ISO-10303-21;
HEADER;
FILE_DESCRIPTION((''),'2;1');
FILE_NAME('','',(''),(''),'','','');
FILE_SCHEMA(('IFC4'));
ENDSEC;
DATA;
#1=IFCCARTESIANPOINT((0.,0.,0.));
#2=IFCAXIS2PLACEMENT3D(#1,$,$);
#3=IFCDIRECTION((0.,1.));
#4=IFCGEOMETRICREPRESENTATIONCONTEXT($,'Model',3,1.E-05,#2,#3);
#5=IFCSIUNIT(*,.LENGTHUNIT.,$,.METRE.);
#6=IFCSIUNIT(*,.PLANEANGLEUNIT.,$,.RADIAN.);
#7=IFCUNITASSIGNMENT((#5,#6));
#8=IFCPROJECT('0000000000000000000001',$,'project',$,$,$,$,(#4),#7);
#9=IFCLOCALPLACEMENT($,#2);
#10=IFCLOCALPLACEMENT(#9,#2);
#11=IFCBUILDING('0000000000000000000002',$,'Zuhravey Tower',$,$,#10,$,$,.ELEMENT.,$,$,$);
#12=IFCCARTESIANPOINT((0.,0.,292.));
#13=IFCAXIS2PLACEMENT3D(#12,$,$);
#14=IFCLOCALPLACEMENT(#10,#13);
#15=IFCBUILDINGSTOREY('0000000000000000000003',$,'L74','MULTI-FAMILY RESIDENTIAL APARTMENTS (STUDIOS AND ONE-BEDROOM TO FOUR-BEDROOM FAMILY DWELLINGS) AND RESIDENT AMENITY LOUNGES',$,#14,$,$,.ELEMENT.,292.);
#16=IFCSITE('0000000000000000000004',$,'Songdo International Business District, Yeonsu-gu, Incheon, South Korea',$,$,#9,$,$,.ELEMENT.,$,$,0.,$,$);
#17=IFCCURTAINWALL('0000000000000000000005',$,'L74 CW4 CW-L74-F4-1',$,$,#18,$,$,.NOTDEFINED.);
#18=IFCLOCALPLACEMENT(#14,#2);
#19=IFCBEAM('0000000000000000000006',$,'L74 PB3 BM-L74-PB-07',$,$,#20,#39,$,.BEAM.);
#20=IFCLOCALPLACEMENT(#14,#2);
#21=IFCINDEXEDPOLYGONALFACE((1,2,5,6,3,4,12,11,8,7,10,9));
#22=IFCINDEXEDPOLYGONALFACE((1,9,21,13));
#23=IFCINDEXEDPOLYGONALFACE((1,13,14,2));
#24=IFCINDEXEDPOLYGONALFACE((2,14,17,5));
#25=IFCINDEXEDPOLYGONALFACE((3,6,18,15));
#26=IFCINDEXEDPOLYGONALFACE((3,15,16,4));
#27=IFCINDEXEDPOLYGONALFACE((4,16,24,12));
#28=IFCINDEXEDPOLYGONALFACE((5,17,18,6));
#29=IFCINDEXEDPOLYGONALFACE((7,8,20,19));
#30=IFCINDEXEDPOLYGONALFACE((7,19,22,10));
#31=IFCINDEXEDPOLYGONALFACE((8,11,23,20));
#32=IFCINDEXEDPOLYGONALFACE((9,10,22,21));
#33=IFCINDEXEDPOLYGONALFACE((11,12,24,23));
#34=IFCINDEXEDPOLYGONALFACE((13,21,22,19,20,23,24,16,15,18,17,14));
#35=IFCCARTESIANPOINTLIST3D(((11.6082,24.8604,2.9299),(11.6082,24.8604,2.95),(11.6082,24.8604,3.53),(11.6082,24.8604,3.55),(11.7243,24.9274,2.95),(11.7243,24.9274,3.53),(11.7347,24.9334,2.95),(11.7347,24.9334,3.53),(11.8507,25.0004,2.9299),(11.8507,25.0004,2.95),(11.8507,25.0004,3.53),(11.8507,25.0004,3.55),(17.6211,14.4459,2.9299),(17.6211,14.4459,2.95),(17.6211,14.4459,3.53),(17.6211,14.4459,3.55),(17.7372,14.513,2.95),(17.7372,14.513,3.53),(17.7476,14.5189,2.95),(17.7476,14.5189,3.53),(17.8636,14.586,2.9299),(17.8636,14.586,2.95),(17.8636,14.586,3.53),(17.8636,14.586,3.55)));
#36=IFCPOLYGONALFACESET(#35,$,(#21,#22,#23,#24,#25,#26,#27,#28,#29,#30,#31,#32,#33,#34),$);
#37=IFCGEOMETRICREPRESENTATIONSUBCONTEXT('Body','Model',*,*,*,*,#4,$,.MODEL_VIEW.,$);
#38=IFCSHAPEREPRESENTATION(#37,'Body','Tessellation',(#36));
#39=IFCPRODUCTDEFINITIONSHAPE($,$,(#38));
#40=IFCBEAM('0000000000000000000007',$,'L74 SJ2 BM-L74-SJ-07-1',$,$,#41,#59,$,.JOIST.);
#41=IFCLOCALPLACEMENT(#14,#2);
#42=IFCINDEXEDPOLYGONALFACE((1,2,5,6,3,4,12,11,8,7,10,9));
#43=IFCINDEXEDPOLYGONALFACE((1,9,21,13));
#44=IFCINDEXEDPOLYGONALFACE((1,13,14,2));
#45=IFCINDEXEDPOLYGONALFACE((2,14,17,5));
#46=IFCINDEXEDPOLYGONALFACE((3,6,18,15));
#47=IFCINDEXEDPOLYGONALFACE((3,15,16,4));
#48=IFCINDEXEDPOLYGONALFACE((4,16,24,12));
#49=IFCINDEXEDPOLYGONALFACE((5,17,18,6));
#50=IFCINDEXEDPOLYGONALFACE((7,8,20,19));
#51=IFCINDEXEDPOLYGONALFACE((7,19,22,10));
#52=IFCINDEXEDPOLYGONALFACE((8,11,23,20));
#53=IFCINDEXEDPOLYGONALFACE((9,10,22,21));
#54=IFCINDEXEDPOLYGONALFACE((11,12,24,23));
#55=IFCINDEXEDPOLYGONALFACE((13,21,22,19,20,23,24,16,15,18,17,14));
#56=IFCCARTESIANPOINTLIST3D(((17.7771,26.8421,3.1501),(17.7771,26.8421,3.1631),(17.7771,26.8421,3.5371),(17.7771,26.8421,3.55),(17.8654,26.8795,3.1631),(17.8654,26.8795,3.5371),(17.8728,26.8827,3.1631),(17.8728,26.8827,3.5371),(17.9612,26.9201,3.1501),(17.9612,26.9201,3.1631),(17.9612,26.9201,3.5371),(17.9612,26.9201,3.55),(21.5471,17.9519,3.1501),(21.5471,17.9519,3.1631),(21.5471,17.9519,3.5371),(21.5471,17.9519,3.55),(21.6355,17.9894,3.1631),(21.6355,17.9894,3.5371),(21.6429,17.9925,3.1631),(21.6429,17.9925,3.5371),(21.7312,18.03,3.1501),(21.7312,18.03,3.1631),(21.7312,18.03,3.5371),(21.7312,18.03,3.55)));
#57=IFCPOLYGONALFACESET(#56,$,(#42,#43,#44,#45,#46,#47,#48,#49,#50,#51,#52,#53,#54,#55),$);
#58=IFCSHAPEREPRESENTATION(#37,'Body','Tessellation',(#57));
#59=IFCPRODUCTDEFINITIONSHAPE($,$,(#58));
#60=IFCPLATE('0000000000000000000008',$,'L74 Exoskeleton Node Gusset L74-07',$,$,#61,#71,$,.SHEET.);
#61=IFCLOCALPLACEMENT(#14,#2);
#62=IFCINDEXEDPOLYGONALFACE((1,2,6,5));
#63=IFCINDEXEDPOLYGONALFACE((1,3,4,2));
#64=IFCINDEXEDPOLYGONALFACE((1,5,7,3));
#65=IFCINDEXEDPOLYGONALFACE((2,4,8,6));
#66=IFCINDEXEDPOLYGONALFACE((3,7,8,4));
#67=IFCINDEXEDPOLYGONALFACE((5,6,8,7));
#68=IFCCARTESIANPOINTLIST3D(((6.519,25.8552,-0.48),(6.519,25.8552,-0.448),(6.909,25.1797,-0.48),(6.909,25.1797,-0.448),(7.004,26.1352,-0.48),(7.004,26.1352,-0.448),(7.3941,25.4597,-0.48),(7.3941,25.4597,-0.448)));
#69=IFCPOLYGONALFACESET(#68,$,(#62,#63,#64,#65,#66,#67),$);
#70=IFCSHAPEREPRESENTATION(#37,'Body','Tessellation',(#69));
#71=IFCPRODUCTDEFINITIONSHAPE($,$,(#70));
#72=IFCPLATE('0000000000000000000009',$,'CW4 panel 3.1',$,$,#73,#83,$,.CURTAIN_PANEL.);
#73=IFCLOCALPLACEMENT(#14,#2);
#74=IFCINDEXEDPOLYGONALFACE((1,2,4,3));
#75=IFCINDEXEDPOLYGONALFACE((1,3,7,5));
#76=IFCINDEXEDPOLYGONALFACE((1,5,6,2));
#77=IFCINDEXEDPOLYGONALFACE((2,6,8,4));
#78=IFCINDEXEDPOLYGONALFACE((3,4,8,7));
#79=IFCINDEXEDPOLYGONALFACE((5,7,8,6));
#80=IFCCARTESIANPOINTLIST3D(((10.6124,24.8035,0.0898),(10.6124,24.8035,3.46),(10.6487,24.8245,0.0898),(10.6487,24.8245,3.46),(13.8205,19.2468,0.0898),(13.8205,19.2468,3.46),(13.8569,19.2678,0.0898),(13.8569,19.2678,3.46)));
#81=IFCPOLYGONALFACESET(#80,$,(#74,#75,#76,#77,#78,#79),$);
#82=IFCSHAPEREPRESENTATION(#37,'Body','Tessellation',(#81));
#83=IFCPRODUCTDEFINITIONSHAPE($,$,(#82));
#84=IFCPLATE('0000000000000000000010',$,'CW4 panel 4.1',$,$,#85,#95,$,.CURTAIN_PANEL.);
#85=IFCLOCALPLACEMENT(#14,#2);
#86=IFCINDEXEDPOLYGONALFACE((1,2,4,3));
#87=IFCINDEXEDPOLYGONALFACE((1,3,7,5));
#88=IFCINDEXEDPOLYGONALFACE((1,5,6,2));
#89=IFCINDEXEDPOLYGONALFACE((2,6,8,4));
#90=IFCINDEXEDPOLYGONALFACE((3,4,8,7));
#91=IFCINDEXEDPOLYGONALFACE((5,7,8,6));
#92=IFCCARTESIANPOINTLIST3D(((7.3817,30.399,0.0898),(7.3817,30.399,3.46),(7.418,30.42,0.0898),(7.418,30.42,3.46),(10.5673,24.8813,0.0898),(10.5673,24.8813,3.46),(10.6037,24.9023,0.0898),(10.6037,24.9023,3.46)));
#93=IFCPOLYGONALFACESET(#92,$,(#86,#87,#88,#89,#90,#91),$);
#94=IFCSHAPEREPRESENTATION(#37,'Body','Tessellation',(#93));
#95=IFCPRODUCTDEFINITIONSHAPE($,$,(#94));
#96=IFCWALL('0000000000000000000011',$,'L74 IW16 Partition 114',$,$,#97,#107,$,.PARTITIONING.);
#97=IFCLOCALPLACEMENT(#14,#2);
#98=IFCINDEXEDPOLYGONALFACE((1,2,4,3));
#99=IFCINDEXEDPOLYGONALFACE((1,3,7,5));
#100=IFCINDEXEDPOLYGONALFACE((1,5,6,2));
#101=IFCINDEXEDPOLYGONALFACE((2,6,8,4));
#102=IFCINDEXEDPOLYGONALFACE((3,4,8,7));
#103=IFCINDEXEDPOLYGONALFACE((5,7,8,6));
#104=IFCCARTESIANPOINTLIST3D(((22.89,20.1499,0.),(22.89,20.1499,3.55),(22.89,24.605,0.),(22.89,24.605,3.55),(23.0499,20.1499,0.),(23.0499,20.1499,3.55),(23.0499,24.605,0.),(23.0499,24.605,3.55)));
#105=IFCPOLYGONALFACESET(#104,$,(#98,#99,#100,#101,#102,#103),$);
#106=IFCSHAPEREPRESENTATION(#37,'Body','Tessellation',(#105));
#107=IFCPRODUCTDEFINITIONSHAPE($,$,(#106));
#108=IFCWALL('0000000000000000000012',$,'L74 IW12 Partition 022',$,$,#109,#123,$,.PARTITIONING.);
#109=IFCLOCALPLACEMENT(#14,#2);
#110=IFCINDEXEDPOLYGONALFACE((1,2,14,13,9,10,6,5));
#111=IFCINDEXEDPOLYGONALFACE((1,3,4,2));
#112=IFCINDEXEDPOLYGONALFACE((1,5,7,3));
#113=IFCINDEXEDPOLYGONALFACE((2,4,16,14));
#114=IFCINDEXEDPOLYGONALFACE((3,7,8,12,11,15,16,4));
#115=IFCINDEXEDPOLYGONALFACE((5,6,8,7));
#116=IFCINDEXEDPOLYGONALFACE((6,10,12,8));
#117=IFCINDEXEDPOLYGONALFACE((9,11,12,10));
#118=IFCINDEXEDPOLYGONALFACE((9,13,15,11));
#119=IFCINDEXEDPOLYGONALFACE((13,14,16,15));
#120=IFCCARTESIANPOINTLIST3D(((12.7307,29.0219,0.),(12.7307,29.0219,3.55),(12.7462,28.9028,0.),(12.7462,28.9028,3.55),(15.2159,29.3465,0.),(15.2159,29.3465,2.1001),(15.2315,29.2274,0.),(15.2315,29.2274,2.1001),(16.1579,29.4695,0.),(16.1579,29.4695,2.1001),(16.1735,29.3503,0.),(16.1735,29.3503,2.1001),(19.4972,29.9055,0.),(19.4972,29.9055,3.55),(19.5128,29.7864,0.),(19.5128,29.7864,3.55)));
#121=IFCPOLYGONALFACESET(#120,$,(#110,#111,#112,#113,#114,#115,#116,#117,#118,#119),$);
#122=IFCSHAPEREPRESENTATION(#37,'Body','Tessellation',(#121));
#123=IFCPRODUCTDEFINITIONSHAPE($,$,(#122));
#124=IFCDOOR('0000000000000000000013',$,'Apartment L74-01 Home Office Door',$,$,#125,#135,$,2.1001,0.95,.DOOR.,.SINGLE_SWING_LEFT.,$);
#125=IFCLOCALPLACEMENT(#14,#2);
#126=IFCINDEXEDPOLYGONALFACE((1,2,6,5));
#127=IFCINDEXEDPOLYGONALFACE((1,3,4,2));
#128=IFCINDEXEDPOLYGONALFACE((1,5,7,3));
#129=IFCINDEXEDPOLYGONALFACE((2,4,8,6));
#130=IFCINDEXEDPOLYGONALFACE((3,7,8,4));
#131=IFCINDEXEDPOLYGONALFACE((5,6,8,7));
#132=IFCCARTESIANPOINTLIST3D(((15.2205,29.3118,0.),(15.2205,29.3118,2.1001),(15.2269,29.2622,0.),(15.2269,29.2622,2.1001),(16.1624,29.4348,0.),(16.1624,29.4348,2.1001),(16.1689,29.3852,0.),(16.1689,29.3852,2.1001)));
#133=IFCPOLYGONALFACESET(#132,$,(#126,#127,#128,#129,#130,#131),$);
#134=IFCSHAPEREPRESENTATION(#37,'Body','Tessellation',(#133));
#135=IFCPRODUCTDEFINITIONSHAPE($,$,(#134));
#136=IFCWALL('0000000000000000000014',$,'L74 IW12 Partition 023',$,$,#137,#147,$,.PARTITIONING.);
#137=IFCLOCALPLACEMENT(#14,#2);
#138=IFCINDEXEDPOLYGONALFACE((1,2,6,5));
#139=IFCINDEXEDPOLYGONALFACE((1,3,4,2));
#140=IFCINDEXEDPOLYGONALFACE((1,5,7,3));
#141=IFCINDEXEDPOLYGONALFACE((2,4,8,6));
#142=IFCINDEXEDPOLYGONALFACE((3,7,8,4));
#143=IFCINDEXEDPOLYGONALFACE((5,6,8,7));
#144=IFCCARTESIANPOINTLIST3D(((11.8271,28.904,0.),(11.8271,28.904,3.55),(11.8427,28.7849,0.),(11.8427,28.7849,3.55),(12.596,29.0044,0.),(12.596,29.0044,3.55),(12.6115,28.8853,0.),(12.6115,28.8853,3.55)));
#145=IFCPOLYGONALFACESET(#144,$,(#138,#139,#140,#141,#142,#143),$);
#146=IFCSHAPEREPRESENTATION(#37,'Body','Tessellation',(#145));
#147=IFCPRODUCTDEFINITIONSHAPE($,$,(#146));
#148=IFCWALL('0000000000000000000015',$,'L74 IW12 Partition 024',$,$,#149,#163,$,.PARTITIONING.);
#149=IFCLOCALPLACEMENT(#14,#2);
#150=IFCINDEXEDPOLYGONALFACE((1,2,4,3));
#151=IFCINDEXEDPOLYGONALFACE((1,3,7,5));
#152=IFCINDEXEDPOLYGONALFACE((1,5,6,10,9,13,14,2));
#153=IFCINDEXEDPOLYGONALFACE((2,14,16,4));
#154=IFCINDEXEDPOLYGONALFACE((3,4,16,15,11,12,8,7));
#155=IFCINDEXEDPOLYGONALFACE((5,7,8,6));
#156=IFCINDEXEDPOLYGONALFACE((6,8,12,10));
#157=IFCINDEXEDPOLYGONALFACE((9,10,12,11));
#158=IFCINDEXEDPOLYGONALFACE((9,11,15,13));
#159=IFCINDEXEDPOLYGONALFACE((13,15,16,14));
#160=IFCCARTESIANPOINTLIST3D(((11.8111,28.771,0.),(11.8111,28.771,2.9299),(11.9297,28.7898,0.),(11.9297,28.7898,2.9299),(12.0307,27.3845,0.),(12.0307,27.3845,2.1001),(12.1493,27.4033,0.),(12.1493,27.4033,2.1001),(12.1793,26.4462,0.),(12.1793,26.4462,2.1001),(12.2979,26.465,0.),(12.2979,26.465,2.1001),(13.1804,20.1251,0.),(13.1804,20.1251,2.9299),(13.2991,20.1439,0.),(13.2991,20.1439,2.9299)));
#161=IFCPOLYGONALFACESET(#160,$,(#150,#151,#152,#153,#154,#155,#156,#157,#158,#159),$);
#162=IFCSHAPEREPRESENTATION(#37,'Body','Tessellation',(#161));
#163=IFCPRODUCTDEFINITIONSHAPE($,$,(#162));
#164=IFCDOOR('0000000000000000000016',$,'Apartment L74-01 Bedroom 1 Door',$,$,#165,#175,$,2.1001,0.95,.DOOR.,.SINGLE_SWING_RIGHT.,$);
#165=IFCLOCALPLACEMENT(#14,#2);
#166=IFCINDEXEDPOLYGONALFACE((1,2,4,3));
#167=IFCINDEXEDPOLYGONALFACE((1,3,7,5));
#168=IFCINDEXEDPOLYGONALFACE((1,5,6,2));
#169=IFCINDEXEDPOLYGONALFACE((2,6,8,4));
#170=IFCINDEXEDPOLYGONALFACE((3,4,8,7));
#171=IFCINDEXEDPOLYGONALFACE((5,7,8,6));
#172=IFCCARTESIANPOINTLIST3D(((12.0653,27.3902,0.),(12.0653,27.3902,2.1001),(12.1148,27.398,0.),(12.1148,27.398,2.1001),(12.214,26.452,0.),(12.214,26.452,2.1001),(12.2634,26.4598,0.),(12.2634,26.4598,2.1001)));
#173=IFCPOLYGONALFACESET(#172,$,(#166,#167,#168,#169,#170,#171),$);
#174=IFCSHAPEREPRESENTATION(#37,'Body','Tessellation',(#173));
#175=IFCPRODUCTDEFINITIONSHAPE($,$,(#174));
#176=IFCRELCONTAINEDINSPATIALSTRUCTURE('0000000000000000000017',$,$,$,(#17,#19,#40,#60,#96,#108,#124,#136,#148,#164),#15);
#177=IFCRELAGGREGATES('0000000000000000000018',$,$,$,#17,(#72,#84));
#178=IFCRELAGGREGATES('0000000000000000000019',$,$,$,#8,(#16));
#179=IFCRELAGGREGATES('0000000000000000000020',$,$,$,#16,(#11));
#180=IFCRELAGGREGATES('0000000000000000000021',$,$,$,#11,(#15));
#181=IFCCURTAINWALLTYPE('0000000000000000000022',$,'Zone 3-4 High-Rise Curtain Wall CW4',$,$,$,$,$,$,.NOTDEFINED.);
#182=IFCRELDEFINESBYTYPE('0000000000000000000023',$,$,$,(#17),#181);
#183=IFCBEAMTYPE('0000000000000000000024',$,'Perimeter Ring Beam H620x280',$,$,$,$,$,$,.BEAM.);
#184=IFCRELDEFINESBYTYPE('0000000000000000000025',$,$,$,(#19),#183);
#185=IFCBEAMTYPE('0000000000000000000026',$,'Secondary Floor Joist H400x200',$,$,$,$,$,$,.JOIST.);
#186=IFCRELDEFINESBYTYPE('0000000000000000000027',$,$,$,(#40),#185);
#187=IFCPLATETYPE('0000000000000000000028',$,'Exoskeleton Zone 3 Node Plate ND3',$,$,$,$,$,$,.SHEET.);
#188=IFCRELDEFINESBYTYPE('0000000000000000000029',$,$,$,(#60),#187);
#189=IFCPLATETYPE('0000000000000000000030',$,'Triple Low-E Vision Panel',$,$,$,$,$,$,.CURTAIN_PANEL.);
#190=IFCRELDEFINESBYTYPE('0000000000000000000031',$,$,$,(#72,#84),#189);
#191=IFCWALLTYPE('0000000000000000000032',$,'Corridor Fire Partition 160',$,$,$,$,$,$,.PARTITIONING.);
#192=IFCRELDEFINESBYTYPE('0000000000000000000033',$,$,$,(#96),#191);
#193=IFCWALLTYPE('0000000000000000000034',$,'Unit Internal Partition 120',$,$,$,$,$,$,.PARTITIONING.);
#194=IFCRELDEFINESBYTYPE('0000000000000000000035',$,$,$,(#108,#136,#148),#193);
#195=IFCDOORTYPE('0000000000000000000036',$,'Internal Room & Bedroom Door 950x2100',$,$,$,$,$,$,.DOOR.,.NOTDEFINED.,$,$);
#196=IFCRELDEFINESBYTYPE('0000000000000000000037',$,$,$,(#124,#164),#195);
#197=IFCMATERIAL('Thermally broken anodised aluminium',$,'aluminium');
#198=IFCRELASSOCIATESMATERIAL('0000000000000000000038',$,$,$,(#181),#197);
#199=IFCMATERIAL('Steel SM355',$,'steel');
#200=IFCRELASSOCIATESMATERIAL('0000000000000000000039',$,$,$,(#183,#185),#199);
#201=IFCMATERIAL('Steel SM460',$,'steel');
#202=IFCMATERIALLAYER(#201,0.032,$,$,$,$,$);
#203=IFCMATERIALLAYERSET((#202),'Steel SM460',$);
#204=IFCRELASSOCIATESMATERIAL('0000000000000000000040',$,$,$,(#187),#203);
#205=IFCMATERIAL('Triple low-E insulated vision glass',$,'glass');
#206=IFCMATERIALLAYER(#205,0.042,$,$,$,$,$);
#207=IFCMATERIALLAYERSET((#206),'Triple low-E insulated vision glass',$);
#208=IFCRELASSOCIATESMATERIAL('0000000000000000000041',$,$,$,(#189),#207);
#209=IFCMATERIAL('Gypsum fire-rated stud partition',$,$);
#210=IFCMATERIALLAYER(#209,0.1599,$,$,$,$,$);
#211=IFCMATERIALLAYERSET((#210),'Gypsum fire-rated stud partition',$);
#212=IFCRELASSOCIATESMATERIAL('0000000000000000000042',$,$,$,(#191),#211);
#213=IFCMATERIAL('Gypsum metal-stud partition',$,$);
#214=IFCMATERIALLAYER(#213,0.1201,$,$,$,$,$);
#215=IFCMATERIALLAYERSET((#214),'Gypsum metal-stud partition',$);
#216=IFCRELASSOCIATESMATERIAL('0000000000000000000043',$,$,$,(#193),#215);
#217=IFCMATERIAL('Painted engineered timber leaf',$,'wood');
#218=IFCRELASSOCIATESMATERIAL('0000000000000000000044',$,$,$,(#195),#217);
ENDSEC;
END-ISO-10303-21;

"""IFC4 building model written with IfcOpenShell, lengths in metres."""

from ifc_helpers import new_model, si_unit, direction, frame, frame_2d, origin, origin_2d, place, context, subcontext, project, spatial, rectangle, i_section, extrude, material, layer, layer_set, material_profile, profile_set, type_object, element, fill, aggregate, save


model = new_model("IFC4")

# Units and contexts
model_context = context("Model", 3, precision=1e-05, world=origin(), true_north=direction((0.0, 1.0)))
body_context = subcontext(model_context, "Body", "Model", "MODEL_VIEW")
ifc_project = project(units=[si_unit("LENGTHUNIT", "METRE"), si_unit("PLANEANGLEUNIT", "RADIAN")], contexts=[model_context])

# Site, building, storey
site_placement = place(None, origin())
site = spatial("IfcSite", under=ifc_project, at=site_placement, Name="Songdo International Business District, Yeonsu-gu, Incheon, South Korea", CompositionType="ELEMENT", RefElevation=0.0)
building_placement = place(site_placement, origin())
building = spatial("IfcBuilding", under=site, at=building_placement, Name="Zuhravey Tower", CompositionType="ELEMENT")
storey_placement = place(building_placement, frame((0.0, 0.0, 292.0)))
storey = spatial("IfcBuildingStorey", under=building, at=storey_placement, Name="L74", Description="MULTI-FAMILY RESIDENTIAL APARTMENTS (STUDIOS AND ONE-BEDROOM TO FOUR-BEDROOM FAMILY DWELLINGS) AND RESIDENT AMENITY LOUNGES", CompositionType="ELEMENT", Elevation=292.0)

# Curtain wall
ifc_material_1 = material(Name="Thermally broken anodised aluminium", Category="aluminium")
curtain_wall_type = type_object("IfcCurtainWallType", Name="Zone 3-4 High-Rise Curtain Wall CW4", PredefinedType="NOTDEFINED", material=ifc_material_1)
curtain_wall_placement = place(storey_placement, origin())
curtain_wall = element("IfcCurtainWall", 1, at=curtain_wall_placement, inside=storey, type_object=curtain_wall_type, Name="L74 CW4 CW-L74-F4-1", PredefinedType="NOTDEFINED")

# Shared definitions
ifc_material_2 = material(Name="Steel SM355", Category="steel")

# Beams
ifc_material_profile_1 = material_profile(ifc_material_2, i_section(OverallWidth=0.28, OverallDepth=0.6201, WebThickness=0.012, FlangeThickness=0.02, at=origin_2d()), Name="H-620x280x12x20")
ifc_profile_set_1 = profile_set([ifc_material_profile_1], Name="Steel SM355")
beam_type_1 = type_object("IfcBeamType", Name="Perimeter Ring Beam H620x280", PredefinedType="BEAM", material=ifc_profile_set_1)
beam_1_placement = place(storey_placement, frame((11.7295, 24.9304, 3.24), z_axis=(0.500006, -0.866022, 0.0), x_axis=(0.866022, 0.500006, 0.0)))
element("IfcBeam", 2, at=beam_1_placement, inside=storey, type_object=beam_type_1, Name="L74 PB3 BM-L74-PB-07", PredefinedType="BEAM", context=body_context, shape_type="SweptSolid", body=[
    extrude(i_section(OverallWidth=0.28, OverallDepth=0.6201, WebThickness=0.012, FlangeThickness=0.02, at=origin_2d()), origin(), (0.0, 0.0, 1.0), 12.0256),
])
ifc_material_profile_2 = material_profile(ifc_material_2, i_section(OverallWidth=0.2, OverallDepth=0.3999, WebThickness=0.0081, FlangeThickness=0.0129, at=origin_2d()), Name="H-400x200x8x13")
ifc_profile_set_2 = profile_set([ifc_material_profile_2], Name="Steel SM355")
beam_type_2 = type_object("IfcBeamType", Name="Secondary Floor Joist H400x200", PredefinedType="JOIST", material=ifc_profile_set_2)
beam_2_placement = place(storey_placement, frame((17.8691, 26.8811, 3.3501), z_axis=(0.390413, -0.92064, 0.0), x_axis=(0.92064, 0.390413, 0.0)))
element("IfcBeam", 3, at=beam_2_placement, inside=storey, type_object=beam_type_2, Name="L74 SJ2 BM-L74-SJ-07-1", PredefinedType="JOIST", context=body_context, shape_type="SweptSolid", body=[
    extrude(i_section(OverallWidth=0.2, OverallDepth=0.3999, WebThickness=0.0081, FlangeThickness=0.0129, at=origin_2d()), origin(), (0.0, 0.0, 1.0), 9.6565),
])

# Plates
ifc_material_3 = material(Name="Steel SM460", Category="steel")
ifc_layer_1 = layer(ifc_material_3, 0.032)
ifc_layer_set_1 = layer_set([ifc_layer_1], Name="Steel SM460")
plate_type_1 = type_object("IfcPlateType", Name="Exoskeleton Zone 3 Node Plate ND3", PredefinedType="SHEET", material=ifc_layer_set_1)
plate_1_placement = place(storey_placement, frame((6.9565, 25.6575, -0.48), z_axis=(0.0, 0.0, 1.0), x_axis=(0.5, -0.866025, 0.0)))
element("IfcPlate", 4, at=plate_1_placement, inside=storey, type_object=plate_type_1, Name="L74 Exoskeleton Node Gusset L74-07", PredefinedType="SHEET", context=body_context, shape_type="SweptSolid", body=[
    extrude(rectangle(XDim=0.78, YDim=0.5601, at=origin_2d()), origin(), (0.0, 0.0, 1.0), 0.032),
])
ifc_material_4 = material(Name="Triple low-E insulated vision glass", Category="glass")
ifc_layer_2 = layer(ifc_material_4, 0.042)
ifc_layer_set_2 = layer_set([ifc_layer_2], Name="Triple low-E insulated vision glass")
plate_type_2 = type_object("IfcPlateType", Name="Triple Low-E Vision Panel", PredefinedType="CURTAIN_PANEL", material=ifc_layer_set_2)
plate_2_placement = place(storey_placement, frame((12.2346, 22.0356, 0.0898), z_axis=(0.0, 0.0, 1.0), x_axis=(-0.500001, 0.866025, 0.0)))
plate_2 = element("IfcPlate", 5, at=plate_2_placement, type_object=plate_type_2, Name="CW4 panel 3.1", PredefinedType="CURTAIN_PANEL", context=body_context, shape_type="SweptSolid", body=[
    extrude(rectangle(XDim=6.4163, YDim=0.042, at=origin_2d()), origin(), (0.0, 0.0, 1.0), 3.3701),
])
plate_3_placement = place(storey_placement, frame((8.9927, 27.6506, 0.0898), z_axis=(0.0, 0.0, 1.0), x_axis=(-0.500001, 0.866025, 0.0)))
plate_3 = element("IfcPlate", 6, at=plate_3_placement, type_object=plate_type_2, Name="CW4 panel 4.1", PredefinedType="CURTAIN_PANEL", context=body_context, shape_type="SweptSolid", body=[
    extrude(rectangle(XDim=6.3713, YDim=0.042, at=origin_2d()), origin(), (0.0, 0.0, 1.0), 3.3701),
])
aggregate(curtain_wall, [plate_2, plate_3])

# Wall
ifc_material_5 = material(Name="Gypsum fire-rated stud partition")
ifc_layer_3 = layer(ifc_material_5, 0.1599)
ifc_layer_set_3 = layer_set([ifc_layer_3], Name="Gypsum fire-rated stud partition")
wall_type_1 = type_object("IfcWallType", Name="Corridor Fire Partition 160", PredefinedType="PARTITIONING", material=ifc_layer_set_3)
wall_1_placement = place(storey_placement, frame((22.97, 24.605, 0.0), z_axis=(0.0, 0.0, 1.0), x_axis=(0.0, -1.0, 0.0)))
element("IfcWall", 7, at=wall_1_placement, inside=storey, type_object=wall_type_1, Name="L74 IW16 Partition 114", PredefinedType="PARTITIONING", context=body_context, shape_type="SweptSolid", body=[
    extrude(rectangle(XDim=4.4551, YDim=0.1599, at=frame_2d((2.2275, 0.0))), origin(), (0.0, 0.0, 1.0), 3.55),
])

# Wall, opening, door
ifc_material_6 = material(Name="Gypsum metal-stud partition")
ifc_layer_4 = layer(ifc_material_6, 0.1201)
ifc_layer_set_4 = layer_set([ifc_layer_4], Name="Gypsum metal-stud partition")
wall_type_2 = type_object("IfcWallType", Name="Unit Internal Partition 120", PredefinedType="PARTITIONING", material=ifc_layer_set_4)
wall_2_placement = place(storey_placement, frame((19.5051, 29.8459, 0.0), z_axis=(0.0, 0.0, 1.0), x_axis=(-0.991583, -0.129475, 0.0)))
wall_2 = element("IfcWall", 8, at=wall_2_placement, inside=storey, type_object=wall_type_2, Name="L74 IW12 Partition 022", PredefinedType="PARTITIONING", context=body_context, shape_type="SweptSolid", body=[
    extrude(rectangle(XDim=6.824, YDim=0.1201, at=frame_2d((3.4121, 0.0))), origin(), (0.0, 0.0, 1.0), 3.55),
])
opening_1_placement = place(wall_2_placement, frame((3.3677, 0.0, 0.0)))
opening_1 = element("IfcOpeningElement", 9, at=opening_1_placement, cuts=wall_2, PredefinedType="OPENING", context=body_context, shape_type="SweptSolid", body=[
    extrude(rectangle(XDim=0.95, YDim=2.1001, at=frame_2d((0.4751, 1.05))), frame((0.0, 0.072, 0.0), z_axis=(0.0, -1.0, 0.0), x_axis=(1.0, 0.0, 0.0)), (0.0, 0.0, 1.0), 0.144),
])
ifc_material_7 = material(Name="Painted engineered timber leaf", Category="wood")
door_type_1 = type_object("IfcDoorType", Name="Internal Room & Bedroom Door 950x2100", OperationType="NOTDEFINED", PredefinedType="DOOR", material=ifc_material_7)
door_1_placement = place(opening_1_placement, origin())
door_1 = element("IfcDoor", 10, at=door_1_placement, inside=storey, type_object=door_type_1, Name="Apartment L74-01 Home Office Door", OperationType="SINGLE_SWING_LEFT", OverallHeight=2.1001, OverallWidth=0.95, PredefinedType="DOOR", context=body_context, shape_type="SweptSolid", body=[
    extrude(rectangle(XDim=0.95, YDim=2.1001, at=frame_2d((0.4751, 1.05))), frame((0.0, 0.0249, 0.0), z_axis=(0.0, -1.0, 0.0), x_axis=(1.0, 0.0, 0.0)), (0.0, 0.0, 1.0), 0.05),
])
fill(opening_1, door_1)

# Wall
wall_3_placement = place(storey_placement, frame((12.6038, 28.9448, 0.0), z_axis=(0.0, 0.0, 1.0), x_axis=(-0.99159, -0.12942, 0.0)))
element("IfcWall", 11, at=wall_3_placement, inside=storey, type_object=wall_type_2, Name="L74 IW12 Partition 023", PredefinedType="PARTITIONING", context=body_context, shape_type="SweptSolid", body=[
    extrude(rectangle(XDim=0.7754, YDim=0.1201, at=frame_2d((0.3877, 0.0))), origin(), (0.0, 0.0, 1.0), 3.55),
])

# Wall, opening, door
wall_4_placement = place(storey_placement, frame((11.8704, 28.7805, 0.0), z_axis=(0.0, 0.0, 1.0), x_axis=(0.156434, -0.987688, 0.0)))
wall_4 = element("IfcWall", 12, at=wall_4_placement, inside=storey, type_object=wall_type_2, Name="L74 IW12 Partition 024", PredefinedType="PARTITIONING", context=body_context, shape_type="SweptSolid", body=[
    extrude(rectangle(XDim=8.7537, YDim=0.1201, at=frame_2d((4.377, 0.0))), origin(), (0.0, 0.0, 1.0), 2.9299),
])
opening_2_placement = place(wall_4_placement, frame((1.4038, 0.0, 0.0)))
opening_2 = element("IfcOpeningElement", 13, at=opening_2_placement, cuts=wall_4, PredefinedType="OPENING", context=body_context, shape_type="SweptSolid", body=[
    extrude(rectangle(XDim=0.95, YDim=2.1001, at=frame_2d((0.4751, 1.05))), frame((0.0, 0.072, 0.0), z_axis=(0.0, -1.0, 0.0), x_axis=(1.0, 0.0, 0.0)), (0.0, 0.0, 1.0), 0.144),
])
door_2_placement = place(opening_2_placement, frame((0.95, 0.0, 0.0), z_axis=(0.0, 0.0, 1.0), x_axis=(-1.0, 0.0, 0.0)))
door_2 = element("IfcDoor", 14, at=door_2_placement, inside=storey, type_object=door_type_1, Name="Apartment L74-01 Bedroom 1 Door", OperationType="SINGLE_SWING_RIGHT", OverallHeight=2.1001, OverallWidth=0.95, PredefinedType="DOOR", context=body_context, shape_type="SweptSolid", body=[
    extrude(rectangle(XDim=0.95, YDim=2.1001, at=frame_2d((0.4751, 1.05))), frame((0.0, 0.0249, 0.0), z_axis=(0.0, -1.0, 0.0), x_axis=(1.0, 0.0, 0.0)), (0.0, 0.0, 1.0), 0.05),
])
fill(opening_2, door_2)

save(model, "model.ifc")
